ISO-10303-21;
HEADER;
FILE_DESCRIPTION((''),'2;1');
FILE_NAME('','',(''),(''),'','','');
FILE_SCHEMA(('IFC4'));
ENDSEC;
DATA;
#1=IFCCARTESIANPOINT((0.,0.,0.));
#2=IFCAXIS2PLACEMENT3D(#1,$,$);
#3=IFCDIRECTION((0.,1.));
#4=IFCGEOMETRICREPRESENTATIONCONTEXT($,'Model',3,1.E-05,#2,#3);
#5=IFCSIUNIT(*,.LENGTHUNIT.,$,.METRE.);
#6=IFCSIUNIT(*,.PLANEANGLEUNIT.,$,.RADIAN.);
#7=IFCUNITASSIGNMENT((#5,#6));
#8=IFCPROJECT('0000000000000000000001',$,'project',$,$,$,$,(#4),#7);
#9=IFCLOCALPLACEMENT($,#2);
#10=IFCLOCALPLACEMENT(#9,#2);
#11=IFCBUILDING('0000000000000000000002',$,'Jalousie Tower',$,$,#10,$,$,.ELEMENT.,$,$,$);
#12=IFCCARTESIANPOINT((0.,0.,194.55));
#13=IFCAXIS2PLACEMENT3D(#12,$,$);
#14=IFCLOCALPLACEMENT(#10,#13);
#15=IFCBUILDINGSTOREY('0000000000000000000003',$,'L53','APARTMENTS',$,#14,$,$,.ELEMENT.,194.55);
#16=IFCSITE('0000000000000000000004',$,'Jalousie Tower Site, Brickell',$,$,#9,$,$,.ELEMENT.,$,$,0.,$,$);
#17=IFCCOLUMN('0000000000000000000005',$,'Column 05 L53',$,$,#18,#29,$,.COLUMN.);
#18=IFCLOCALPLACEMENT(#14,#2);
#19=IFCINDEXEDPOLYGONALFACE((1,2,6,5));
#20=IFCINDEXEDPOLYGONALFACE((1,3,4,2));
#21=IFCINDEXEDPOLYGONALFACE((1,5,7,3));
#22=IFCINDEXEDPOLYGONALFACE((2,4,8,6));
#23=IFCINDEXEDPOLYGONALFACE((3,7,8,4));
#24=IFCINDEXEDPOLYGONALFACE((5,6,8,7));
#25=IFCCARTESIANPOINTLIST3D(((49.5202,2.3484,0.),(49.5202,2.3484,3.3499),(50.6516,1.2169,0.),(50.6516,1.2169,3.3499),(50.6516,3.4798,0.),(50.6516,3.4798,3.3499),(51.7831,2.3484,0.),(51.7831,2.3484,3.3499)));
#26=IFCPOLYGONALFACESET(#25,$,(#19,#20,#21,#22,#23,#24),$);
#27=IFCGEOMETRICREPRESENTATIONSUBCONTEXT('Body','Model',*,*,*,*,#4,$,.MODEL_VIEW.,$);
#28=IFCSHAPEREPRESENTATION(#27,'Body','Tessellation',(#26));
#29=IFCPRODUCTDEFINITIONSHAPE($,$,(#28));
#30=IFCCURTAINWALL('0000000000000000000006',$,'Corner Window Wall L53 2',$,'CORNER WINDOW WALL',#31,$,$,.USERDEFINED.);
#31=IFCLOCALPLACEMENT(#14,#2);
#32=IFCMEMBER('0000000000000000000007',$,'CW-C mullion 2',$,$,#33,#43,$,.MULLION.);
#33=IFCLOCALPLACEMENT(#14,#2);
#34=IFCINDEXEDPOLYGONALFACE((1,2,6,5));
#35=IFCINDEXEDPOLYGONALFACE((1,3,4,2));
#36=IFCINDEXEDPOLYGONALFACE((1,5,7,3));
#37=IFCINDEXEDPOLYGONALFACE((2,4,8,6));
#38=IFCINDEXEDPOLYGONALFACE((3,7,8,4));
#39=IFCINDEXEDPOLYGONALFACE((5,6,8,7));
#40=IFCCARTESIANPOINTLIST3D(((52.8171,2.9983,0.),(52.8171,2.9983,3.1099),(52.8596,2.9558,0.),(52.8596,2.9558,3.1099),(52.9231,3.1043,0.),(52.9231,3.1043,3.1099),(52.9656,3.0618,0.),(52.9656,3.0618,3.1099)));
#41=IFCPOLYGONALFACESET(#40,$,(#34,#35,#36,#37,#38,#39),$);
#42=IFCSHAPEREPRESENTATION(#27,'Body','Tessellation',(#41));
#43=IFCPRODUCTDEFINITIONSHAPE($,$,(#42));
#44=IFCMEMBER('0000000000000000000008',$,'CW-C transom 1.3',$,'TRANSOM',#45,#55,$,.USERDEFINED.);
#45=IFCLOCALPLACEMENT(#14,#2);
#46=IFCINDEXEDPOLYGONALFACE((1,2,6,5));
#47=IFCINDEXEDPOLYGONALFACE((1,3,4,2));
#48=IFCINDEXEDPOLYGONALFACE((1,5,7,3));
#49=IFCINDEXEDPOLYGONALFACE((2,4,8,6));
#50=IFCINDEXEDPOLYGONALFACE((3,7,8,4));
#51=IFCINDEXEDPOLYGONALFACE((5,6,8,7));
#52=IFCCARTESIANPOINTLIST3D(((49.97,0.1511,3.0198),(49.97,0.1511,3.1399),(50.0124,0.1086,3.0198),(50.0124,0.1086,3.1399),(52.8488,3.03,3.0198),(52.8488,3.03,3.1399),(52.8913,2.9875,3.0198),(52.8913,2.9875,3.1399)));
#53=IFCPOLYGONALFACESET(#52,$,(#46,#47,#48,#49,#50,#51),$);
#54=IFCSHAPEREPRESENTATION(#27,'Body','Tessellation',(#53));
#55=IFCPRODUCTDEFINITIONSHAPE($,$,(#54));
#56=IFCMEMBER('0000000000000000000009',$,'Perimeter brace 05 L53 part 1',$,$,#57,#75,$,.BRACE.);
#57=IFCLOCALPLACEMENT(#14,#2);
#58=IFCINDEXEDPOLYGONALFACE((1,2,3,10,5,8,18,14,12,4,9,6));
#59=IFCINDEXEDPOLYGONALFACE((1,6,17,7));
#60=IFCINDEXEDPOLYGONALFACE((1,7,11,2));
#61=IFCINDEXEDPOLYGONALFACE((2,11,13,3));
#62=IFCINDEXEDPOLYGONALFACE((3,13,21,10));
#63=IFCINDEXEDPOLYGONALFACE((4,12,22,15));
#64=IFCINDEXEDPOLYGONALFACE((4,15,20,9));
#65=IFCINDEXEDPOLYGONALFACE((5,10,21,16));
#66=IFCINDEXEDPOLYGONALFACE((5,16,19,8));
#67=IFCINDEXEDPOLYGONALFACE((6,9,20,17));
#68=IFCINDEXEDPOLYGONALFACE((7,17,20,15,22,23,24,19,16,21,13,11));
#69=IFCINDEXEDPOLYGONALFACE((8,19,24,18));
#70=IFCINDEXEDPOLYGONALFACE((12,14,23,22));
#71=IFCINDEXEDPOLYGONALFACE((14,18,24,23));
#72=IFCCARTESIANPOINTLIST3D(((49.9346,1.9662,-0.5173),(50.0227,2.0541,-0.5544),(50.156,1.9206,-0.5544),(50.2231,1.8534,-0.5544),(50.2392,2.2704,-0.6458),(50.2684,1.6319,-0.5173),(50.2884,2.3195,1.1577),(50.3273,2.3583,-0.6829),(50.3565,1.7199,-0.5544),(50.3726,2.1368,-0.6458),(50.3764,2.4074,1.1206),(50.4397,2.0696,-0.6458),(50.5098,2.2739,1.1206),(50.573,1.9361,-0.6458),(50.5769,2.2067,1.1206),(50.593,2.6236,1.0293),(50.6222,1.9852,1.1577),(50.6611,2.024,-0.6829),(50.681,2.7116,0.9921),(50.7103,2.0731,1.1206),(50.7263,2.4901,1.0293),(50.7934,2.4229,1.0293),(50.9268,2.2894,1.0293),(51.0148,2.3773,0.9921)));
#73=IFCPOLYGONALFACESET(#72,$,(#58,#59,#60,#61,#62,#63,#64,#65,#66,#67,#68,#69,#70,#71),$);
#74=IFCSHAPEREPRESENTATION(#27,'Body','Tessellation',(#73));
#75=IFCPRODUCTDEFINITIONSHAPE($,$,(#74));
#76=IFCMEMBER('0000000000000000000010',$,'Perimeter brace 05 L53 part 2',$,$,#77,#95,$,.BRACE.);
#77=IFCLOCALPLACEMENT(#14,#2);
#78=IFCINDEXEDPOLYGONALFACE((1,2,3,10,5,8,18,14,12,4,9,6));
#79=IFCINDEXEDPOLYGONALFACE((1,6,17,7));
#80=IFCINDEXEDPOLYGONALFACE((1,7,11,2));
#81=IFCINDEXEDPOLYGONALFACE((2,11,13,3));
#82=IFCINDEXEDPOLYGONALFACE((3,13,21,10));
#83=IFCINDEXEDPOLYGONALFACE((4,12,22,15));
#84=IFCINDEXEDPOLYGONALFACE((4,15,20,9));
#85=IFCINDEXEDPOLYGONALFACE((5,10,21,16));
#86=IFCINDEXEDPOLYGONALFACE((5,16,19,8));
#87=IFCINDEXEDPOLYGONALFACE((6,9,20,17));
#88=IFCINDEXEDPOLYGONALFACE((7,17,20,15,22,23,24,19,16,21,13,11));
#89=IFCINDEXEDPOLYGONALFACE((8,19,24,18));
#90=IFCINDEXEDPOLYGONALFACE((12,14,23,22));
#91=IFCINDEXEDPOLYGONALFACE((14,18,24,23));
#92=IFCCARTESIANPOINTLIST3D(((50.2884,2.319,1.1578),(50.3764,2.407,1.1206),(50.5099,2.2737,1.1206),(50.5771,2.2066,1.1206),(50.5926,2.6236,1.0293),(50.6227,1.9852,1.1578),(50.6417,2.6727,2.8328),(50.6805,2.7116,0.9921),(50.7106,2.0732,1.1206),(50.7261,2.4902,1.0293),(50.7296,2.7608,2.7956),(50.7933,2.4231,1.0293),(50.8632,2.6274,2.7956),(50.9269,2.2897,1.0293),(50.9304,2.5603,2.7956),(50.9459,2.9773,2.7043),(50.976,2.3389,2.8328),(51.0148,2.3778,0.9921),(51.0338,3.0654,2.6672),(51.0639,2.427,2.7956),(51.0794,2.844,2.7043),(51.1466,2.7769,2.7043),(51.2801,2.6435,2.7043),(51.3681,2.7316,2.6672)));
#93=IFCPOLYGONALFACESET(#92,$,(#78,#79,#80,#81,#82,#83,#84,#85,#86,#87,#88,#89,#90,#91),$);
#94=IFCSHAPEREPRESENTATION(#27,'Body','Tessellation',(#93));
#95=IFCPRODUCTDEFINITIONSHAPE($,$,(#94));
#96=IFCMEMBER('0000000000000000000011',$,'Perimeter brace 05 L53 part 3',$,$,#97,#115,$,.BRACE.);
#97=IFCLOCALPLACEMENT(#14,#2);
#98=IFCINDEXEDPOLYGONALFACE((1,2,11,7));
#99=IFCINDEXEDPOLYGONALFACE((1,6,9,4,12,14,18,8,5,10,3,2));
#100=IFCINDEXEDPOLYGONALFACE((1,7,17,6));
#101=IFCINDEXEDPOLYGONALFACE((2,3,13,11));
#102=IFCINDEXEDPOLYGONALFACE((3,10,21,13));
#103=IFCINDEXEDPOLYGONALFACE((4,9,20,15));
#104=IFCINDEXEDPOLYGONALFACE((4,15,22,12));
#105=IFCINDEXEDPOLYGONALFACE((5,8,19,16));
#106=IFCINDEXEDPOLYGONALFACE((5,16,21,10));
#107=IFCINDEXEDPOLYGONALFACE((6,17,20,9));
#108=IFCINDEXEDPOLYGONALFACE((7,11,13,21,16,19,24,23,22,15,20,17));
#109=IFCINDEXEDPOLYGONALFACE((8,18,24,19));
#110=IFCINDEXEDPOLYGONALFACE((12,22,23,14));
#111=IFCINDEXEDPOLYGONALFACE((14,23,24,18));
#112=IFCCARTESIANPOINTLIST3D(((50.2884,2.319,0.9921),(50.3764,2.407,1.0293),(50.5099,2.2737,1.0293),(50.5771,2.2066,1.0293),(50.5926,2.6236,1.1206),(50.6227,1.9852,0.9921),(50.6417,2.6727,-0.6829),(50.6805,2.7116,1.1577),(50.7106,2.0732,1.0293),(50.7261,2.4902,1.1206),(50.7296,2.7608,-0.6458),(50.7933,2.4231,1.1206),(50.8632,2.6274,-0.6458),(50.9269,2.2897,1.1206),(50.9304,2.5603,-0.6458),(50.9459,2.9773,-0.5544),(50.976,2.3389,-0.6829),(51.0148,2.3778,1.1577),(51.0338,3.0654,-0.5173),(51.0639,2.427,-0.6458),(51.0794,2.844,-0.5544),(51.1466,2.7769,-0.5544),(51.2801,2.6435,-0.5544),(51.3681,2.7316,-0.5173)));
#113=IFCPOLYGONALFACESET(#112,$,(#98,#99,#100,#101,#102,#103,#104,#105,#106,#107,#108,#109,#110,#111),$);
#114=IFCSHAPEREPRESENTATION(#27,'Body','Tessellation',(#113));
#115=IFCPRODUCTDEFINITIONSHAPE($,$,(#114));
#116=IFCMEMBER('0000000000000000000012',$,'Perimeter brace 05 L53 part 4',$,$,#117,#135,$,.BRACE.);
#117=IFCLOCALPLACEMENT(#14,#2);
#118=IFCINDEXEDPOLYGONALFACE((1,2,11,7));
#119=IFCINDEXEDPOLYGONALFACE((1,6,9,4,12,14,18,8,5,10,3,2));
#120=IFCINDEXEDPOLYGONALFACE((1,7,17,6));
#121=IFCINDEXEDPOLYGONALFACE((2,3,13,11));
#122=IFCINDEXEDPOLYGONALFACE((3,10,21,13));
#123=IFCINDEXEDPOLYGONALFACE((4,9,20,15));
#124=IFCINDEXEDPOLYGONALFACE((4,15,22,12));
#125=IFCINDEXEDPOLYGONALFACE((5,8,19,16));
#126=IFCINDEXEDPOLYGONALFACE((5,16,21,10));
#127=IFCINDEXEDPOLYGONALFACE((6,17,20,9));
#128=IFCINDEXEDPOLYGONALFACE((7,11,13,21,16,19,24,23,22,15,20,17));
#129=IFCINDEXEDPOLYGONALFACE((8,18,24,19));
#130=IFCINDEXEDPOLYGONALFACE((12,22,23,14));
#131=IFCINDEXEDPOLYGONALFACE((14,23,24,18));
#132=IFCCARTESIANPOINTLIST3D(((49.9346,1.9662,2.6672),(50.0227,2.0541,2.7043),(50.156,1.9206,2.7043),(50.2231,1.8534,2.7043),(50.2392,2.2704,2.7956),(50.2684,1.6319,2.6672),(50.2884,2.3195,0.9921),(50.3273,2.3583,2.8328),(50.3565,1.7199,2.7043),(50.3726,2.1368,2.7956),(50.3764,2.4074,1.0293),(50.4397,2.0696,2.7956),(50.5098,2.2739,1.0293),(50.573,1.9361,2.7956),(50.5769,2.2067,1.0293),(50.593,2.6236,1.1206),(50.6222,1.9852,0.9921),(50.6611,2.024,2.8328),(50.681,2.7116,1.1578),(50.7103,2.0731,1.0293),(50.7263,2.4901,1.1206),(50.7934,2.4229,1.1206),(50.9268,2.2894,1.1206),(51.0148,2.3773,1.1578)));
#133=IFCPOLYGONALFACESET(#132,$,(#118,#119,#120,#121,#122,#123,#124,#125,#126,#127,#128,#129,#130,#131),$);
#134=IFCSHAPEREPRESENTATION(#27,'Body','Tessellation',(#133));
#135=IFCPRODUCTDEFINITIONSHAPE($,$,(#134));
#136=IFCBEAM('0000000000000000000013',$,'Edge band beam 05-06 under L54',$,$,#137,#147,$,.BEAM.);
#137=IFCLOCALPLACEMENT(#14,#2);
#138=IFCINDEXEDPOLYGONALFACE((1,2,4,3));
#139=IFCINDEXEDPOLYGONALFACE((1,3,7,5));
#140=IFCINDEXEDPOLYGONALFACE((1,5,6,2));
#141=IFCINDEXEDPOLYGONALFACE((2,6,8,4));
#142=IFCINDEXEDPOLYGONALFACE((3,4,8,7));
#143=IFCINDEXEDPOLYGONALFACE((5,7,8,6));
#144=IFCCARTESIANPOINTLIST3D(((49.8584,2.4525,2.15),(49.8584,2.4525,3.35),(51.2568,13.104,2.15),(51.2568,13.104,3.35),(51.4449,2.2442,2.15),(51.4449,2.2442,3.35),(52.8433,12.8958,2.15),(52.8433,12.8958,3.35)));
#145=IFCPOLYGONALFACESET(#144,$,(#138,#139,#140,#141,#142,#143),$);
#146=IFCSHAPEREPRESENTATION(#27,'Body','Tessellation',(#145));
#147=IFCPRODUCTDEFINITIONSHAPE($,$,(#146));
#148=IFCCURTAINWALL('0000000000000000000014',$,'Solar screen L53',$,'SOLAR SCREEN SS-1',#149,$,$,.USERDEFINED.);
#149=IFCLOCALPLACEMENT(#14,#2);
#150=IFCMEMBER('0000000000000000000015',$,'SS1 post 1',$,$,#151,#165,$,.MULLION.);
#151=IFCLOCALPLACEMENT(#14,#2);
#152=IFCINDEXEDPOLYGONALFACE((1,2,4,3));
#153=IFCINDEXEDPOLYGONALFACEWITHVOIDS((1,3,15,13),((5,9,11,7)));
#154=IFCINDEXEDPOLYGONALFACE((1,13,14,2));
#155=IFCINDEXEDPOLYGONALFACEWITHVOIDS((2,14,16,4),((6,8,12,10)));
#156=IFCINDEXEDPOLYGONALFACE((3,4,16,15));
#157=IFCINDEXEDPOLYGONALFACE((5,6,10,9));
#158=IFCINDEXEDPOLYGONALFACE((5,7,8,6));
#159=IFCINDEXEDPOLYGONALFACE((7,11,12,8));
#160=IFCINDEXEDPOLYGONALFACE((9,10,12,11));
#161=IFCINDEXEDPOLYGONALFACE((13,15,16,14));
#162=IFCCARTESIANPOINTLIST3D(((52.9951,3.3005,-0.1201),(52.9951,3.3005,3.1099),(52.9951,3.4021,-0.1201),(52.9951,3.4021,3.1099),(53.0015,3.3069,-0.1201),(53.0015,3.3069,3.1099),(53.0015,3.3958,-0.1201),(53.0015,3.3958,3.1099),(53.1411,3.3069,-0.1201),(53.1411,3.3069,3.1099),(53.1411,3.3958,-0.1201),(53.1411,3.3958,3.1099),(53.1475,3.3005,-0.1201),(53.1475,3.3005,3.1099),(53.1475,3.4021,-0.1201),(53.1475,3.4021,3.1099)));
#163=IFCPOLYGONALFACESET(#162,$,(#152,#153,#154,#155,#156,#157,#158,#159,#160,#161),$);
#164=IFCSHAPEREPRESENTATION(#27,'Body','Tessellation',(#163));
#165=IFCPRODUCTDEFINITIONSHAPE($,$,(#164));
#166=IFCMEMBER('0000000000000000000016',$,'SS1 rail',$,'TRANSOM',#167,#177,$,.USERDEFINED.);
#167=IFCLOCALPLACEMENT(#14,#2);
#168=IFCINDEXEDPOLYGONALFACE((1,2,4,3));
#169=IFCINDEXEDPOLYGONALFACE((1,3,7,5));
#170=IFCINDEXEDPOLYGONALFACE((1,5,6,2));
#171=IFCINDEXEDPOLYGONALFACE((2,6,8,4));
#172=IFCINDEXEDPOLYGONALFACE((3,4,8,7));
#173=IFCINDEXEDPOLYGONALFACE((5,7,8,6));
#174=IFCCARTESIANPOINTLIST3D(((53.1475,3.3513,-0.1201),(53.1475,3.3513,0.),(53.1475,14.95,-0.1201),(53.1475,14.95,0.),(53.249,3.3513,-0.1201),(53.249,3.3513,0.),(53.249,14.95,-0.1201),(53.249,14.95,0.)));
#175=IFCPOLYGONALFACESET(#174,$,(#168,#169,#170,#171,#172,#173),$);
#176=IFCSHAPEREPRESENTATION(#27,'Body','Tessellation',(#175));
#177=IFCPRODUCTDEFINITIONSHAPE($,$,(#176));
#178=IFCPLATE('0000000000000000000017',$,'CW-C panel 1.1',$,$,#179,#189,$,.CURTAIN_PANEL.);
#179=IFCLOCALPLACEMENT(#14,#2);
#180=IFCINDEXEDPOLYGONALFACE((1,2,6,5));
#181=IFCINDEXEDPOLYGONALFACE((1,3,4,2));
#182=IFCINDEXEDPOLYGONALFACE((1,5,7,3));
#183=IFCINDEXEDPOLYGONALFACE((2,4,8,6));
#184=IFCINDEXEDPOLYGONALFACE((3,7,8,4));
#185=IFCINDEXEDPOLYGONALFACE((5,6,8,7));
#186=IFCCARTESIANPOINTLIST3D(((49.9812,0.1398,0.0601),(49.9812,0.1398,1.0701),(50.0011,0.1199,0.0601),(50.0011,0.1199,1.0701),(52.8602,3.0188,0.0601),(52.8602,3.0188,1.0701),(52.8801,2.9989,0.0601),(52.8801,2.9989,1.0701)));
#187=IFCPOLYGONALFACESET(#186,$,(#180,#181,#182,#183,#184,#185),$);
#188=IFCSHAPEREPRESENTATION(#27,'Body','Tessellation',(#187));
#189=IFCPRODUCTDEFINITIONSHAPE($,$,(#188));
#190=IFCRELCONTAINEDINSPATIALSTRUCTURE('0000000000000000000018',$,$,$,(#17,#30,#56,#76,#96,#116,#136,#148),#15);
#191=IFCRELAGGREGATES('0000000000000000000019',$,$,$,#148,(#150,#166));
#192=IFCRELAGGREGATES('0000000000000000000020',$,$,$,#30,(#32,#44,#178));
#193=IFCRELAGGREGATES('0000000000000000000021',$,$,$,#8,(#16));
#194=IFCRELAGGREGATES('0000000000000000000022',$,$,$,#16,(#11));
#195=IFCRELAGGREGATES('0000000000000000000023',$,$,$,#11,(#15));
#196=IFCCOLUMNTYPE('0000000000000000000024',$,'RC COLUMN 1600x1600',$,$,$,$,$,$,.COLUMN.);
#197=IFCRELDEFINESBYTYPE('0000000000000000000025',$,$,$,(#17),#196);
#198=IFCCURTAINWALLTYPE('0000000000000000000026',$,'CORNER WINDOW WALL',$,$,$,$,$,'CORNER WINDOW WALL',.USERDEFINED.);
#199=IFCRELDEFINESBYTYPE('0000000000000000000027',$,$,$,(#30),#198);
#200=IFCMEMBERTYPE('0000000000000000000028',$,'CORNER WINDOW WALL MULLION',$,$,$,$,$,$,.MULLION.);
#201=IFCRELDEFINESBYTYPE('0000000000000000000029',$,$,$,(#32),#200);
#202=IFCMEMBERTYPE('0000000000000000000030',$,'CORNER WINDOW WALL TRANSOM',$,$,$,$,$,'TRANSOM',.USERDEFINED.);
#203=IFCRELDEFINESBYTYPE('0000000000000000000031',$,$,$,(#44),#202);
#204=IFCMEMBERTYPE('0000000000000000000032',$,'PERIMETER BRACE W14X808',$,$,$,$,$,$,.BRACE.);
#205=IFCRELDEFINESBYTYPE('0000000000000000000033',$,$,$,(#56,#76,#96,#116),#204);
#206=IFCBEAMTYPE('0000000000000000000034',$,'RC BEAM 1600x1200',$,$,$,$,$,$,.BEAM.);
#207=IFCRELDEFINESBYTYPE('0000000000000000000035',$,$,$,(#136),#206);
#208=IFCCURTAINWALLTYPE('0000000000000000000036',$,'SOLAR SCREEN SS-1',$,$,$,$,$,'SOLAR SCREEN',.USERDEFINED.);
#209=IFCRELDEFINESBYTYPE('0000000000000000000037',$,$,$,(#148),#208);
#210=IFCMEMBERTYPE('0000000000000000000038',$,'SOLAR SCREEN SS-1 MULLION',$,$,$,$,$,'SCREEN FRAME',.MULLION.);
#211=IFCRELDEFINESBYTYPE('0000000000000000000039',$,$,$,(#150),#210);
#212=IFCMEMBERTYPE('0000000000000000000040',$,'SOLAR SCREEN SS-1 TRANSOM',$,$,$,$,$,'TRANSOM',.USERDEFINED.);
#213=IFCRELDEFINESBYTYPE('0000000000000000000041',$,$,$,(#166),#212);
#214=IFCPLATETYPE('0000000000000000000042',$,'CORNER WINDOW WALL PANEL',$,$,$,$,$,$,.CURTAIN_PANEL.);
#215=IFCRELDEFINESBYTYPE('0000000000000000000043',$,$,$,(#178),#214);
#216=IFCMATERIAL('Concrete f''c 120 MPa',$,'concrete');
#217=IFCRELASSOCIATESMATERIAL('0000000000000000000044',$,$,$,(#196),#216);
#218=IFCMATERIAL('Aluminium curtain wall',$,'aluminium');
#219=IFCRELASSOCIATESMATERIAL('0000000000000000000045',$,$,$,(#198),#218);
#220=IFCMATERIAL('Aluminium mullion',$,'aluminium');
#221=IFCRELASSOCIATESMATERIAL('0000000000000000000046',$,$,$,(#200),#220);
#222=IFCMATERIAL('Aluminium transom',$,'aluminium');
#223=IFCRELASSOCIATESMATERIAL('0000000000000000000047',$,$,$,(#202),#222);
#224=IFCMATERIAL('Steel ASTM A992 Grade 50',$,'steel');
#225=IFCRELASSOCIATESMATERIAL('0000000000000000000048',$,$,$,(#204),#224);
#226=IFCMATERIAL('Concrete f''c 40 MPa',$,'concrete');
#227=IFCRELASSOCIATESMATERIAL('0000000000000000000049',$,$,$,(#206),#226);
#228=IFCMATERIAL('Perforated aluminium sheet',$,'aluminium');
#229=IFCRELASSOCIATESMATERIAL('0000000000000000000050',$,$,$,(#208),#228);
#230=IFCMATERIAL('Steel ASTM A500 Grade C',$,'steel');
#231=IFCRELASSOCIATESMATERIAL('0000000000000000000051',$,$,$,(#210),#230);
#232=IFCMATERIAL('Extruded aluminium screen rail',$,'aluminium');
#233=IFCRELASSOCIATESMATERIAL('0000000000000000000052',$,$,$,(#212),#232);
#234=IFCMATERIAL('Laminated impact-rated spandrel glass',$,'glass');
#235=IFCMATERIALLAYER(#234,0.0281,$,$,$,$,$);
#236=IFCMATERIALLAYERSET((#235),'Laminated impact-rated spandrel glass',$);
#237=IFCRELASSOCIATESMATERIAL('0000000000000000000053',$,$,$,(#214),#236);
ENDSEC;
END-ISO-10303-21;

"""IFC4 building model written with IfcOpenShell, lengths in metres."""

from ifc_helpers import new_model, si_unit, direction, frame, origin, origin_2d, place, context, subcontext, project, spatial, rectangle, hollow_rectangle, i_section, extrude, material, layer, layer_set, material_profile, profile_set, type_object, element, aggregate, save


model = new_model("IFC4")

# Units and contexts
model_context = context("Model", 3, precision=1e-05, world=origin(), true_north=direction((0.0, 1.0)))
body_context = subcontext(model_context, "Body", "Model", "MODEL_VIEW")
ifc_project = project(units=[si_unit("LENGTHUNIT", "METRE"), si_unit("PLANEANGLEUNIT", "RADIAN")], contexts=[model_context])

# Site, building, storey
site_placement = place(None, origin())
site = spatial("IfcSite", under=ifc_project, at=site_placement, Name="Jalousie Tower Site, Brickell", CompositionType="ELEMENT", RefElevation=0.0)
building_placement = place(site_placement, origin())
building = spatial("IfcBuilding", under=site, at=building_placement, Name="Jalousie Tower", CompositionType="ELEMENT")
storey_placement = place(building_placement, frame((0.0, 0.0, 194.55)))
storey = spatial("IfcBuildingStorey", under=building, at=storey_placement, Name="L53", Description="APARTMENTS", CompositionType="ELEMENT", Elevation=194.55)

# Column
ifc_material_1 = material(Name="Concrete f'c 120 MPa", Category="concrete")
ifc_material_profile_1 = material_profile(ifc_material_1, rectangle(XDim=1.6001, YDim=1.6001, at=origin_2d()), Name="RC 1600x1600")
ifc_profile_set_1 = profile_set([ifc_material_profile_1], Name="Concrete f'c 120 MPa")
column_type = type_object("IfcColumnType", Name="RC COLUMN 1600x1600", PredefinedType="COLUMN", material=ifc_profile_set_1)
column_placement = place(storey_placement, frame((50.6516, 2.3484, 0.0), z_axis=(0.0, 0.0, 1.0), x_axis=(0.707107, 0.707107, 0.0)))
element("IfcColumn", 1, at=column_placement, inside=storey, type_object=column_type, Name="Column 05 L53", PredefinedType="COLUMN", context=body_context, shape_type="SweptSolid", body=[
    extrude(rectangle(XDim=1.6001, YDim=1.6001, at=origin_2d()), origin(), (0.0, 0.0, 1.0), 3.3499),
])

# Curtain wall, members
ifc_material_2 = material(Name="Aluminium curtain wall", Category="aluminium")
curtain_wall_type_1 = type_object("IfcCurtainWallType", Name="CORNER WINDOW WALL", ElementType="CORNER WINDOW WALL", PredefinedType="USERDEFINED", material=ifc_material_2)
curtain_wall_1_placement = place(storey_placement, origin())
curtain_wall_1 = element("IfcCurtainWall", 2, at=curtain_wall_1_placement, inside=storey, type_object=curtain_wall_type_1, Name="Corner Window Wall L53 2", ObjectType="CORNER WINDOW WALL", PredefinedType="USERDEFINED")
ifc_material_3 = material(Name="Aluminium mullion", Category="aluminium")
ifc_material_profile_2 = material_profile(ifc_material_3, rectangle(XDim=0.0601, YDim=0.1499, at=origin_2d()), Name="MULLION 60x150")
ifc_profile_set_2 = profile_set([ifc_material_profile_2], Name="Aluminium mullion")
member_type_1 = type_object("IfcMemberType", Name="CORNER WINDOW WALL MULLION", PredefinedType="MULLION", material=ifc_profile_set_2)
member_1_placement = place(storey_placement, frame((52.8914, 3.03, 0.0), z_axis=(0.0, 0.0, 1.0), x_axis=(-0.707107, 0.707107, 0.0)))
member_1 = element("IfcMember", 3, at=member_1_placement, type_object=member_type_1, Name="CW-C mullion 2", PredefinedType="MULLION", context=body_context, shape_type="SweptSolid", body=[
    extrude(rectangle(XDim=0.0601, YDim=0.1499, at=origin_2d()), origin(), (0.0, 0.0, 1.0), 3.1099),
])
ifc_material_4 = material(Name="Aluminium transom", Category="aluminium")
ifc_material_profile_3 = material_profile(ifc_material_4, rectangle(XDim=0.0601, YDim=0.1201, at=origin_2d()), Name="TRANSOM 60x120")
ifc_profile_set_3 = profile_set([ifc_material_profile_3], Name="Aluminium transom")
member_type_2 = type_object("IfcMemberType", Name="CORNER WINDOW WALL TRANSOM", ElementType="TRANSOM", PredefinedType="USERDEFINED", material=ifc_profile_set_3)
member_2_placement = place(storey_placement, frame((49.9912, 0.1299, 3.0798), z_axis=(0.707107, 0.707107, 0.0), x_axis=(-0.707107, 0.707107, 0.0)))
member_2 = element("IfcMember", 4, at=member_2_placement, type_object=member_type_2, Name="CW-C transom 1.3", ObjectType="TRANSOM", PredefinedType="USERDEFINED", context=body_context, shape_type="SweptSolid", body=[
    extrude(rectangle(XDim=0.0601, YDim=0.1201, at=origin_2d()), origin(), (0.0, 0.0, 1.0), 4.0713),
])

# Members
ifc_material_5 = material(Name="Steel ASTM A992 Grade 50", Category="steel")
ifc_material_profile_4 = material_profile(ifc_material_5, i_section(OverallWidth=0.4724, OverallDepth=0.5791, WebThickness=0.095, FlangeThickness=0.1299, at=origin_2d()), Name="W14X808")
ifc_profile_set_4 = profile_set([ifc_material_profile_4], Name="Steel ASTM A992 Grade 50")
member_type_3 = type_object("IfcMemberType", Name="PERIMETER BRACE W14X808", PredefinedType="BRACE", material=ifc_profile_set_4)
for number, where, z_axis, x_axis, name in (
    (5, (50.2979, 1.9951, -0.6001), (0.202372, 0.202093, 0.95823), (-0.706618, 0.707595, 0.0), "Perimeter brace 05 L53 part 1"),
    (6, (50.6516, 2.3484, 1.075), (0.202093, 0.202372, 0.95823), (-0.707595, 0.706618, 0.0), "Perimeter brace 05 L53 part 2"),
    (7, (51.0049, 2.7021, -0.6001), (-0.202093, -0.202372, 0.95823), (0.707595, -0.706618, 0.0), "Perimeter brace 05 L53 part 3"),
    (8, (50.6516, 2.3484, 1.075), (-0.202372, -0.202093, 0.95823), (0.706618, -0.707595, 0.0), "Perimeter brace 05 L53 part 4"),
):
    element("IfcMember", number, at=place(storey_placement, frame(where, z_axis=z_axis, x_axis=x_axis)), inside=storey, type_object=member_type_3, Name=name, PredefinedType="BRACE", context=body_context, shape_type="SweptSolid", body=[
        extrude(i_section(OverallWidth=0.4724, OverallDepth=0.5791, WebThickness=0.095, FlangeThickness=0.1299, at=origin_2d()), origin(), (0.0, 0.0, 1.0), 1.748),
    ])

# Beam
ifc_material_6 = material(Name="Concrete f'c 40 MPa", Category="concrete")
ifc_material_profile_5 = material_profile(ifc_material_6, rectangle(XDim=1.6001, YDim=1.2, at=origin_2d()), Name="RC 1600x1200")
ifc_profile_set_5 = profile_set([ifc_material_profile_5], Name="Concrete f'c 40 MPa")
beam_type = type_object("IfcBeamType", Name="RC BEAM 1600x1200", PredefinedType="BEAM", material=ifc_profile_set_5)
beam_placement = place(storey_placement, frame((50.6516, 2.3484, 2.75), z_axis=(0.130172, 0.991491, 0.0), x_axis=(-0.991491, 0.130172, 0.0)))
element("IfcBeam", 9, at=beam_placement, inside=storey, type_object=beam_type, Name="Edge band beam 05-06 under L54", PredefinedType="BEAM", context=body_context, shape_type="SweptSolid", body=[
    extrude(rectangle(XDim=1.6001, YDim=1.2, at=origin_2d()), origin(), (0.0, 0.0, 1.0), 10.7429),
])

# Curtain wall, members
ifc_material_7 = material(Name="Perforated aluminium sheet", Category="aluminium")
curtain_wall_type_2 = type_object("IfcCurtainWallType", Name="SOLAR SCREEN SS-1", ElementType="SOLAR SCREEN", PredefinedType="USERDEFINED", material=ifc_material_7)
curtain_wall_2_placement = place(storey_placement, origin())
curtain_wall_2 = element("IfcCurtainWall", 10, at=curtain_wall_2_placement, inside=storey, type_object=curtain_wall_type_2, Name="Solar screen L53", ObjectType="SOLAR SCREEN SS-1", PredefinedType="USERDEFINED")
ifc_material_8 = material(Name="Steel ASTM A500 Grade C", Category="steel")
ifc_material_profile_6 = material_profile(ifc_material_8, hollow_rectangle(XDim=0.1016, YDim=0.1523, WallThickness=0.0063, at=origin_2d()), Name="HSS6X4X1/4")
ifc_profile_set_6 = profile_set([ifc_material_profile_6], Name="Steel ASTM A500 Grade C")
member_type_4 = type_object("IfcMemberType", Name="SOLAR SCREEN SS-1 MULLION", ElementType="SCREEN FRAME", PredefinedType="MULLION", material=ifc_profile_set_6)
member_3_placement = place(storey_placement, frame((53.0713, 3.3513, -0.1201), z_axis=(0.0, 0.0, 1.0), x_axis=(0.0, 1.0, 0.0)))
member_3 = element("IfcMember", 11, at=member_3_placement, type_object=member_type_4, Name="SS1 post 1", PredefinedType="MULLION", context=body_context, shape_type="SweptSolid", body=[
    extrude(hollow_rectangle(XDim=0.1016, YDim=0.1523, WallThickness=0.0063, at=origin_2d()), origin(), (0.0, 0.0, 1.0), 3.23),
])
ifc_material_9 = material(Name="Extruded aluminium screen rail", Category="aluminium")
ifc_material_profile_7 = material_profile(ifc_material_9, rectangle(XDim=0.1016, YDim=0.1201, at=origin_2d()), Name="RAIL 102x120")
ifc_profile_set_7 = profile_set([ifc_material_profile_7], Name="Extruded aluminium screen rail")
member_type_5 = type_object("IfcMemberType", Name="SOLAR SCREEN SS-1 TRANSOM", ElementType="TRANSOM", PredefinedType="USERDEFINED", material=ifc_profile_set_7)
member_4_placement = place(storey_placement, frame((53.1982, 3.3513, -0.0601), z_axis=(0.0, 1.0, 0.0), x_axis=(-1.0, 0.0, 0.0)))
member_4 = element("IfcMember", 12, at=member_4_placement, type_object=member_type_5, Name="SS1 rail", ObjectType="TRANSOM", PredefinedType="USERDEFINED", context=body_context, shape_type="SweptSolid", body=[
    extrude(rectangle(XDim=0.1016, YDim=0.1201, at=origin_2d()), origin(), (0.0, 0.0, 1.0), 11.5986),
])
aggregate(curtain_wall_2, [member_3, member_4])

# Plate
ifc_material_10 = material(Name="Laminated impact-rated spandrel glass", Category="glass")
ifc_layer = layer(ifc_material_10, 0.0281)
ifc_layer_set = layer_set([ifc_layer], Name="Laminated impact-rated spandrel glass")
plate_type = type_object("IfcPlateType", Name="CORNER WINDOW WALL PANEL", PredefinedType="CURTAIN_PANEL", material=ifc_layer_set)
plate_1_placement = place(storey_placement, frame((51.4307, 1.5693, 0.0601), z_axis=(0.0, 0.0, 1.0), x_axis=(0.707107, 0.707107, 0.0)))
plate_1 = element("IfcPlate", 13, at=plate_1_placement, type_object=plate_type, Name="CW-C panel 1.1", PredefinedType="CURTAIN_PANEL", context=body_context, shape_type="SweptSolid", body=[
    extrude(rectangle(XDim=4.0715, YDim=0.0281, at=origin_2d()), origin(), (0.0, 0.0, 1.0), 1.01),
])
aggregate(curtain_wall_1, [member_1, member_2, plate_1])

save(model, "model.ifc")
